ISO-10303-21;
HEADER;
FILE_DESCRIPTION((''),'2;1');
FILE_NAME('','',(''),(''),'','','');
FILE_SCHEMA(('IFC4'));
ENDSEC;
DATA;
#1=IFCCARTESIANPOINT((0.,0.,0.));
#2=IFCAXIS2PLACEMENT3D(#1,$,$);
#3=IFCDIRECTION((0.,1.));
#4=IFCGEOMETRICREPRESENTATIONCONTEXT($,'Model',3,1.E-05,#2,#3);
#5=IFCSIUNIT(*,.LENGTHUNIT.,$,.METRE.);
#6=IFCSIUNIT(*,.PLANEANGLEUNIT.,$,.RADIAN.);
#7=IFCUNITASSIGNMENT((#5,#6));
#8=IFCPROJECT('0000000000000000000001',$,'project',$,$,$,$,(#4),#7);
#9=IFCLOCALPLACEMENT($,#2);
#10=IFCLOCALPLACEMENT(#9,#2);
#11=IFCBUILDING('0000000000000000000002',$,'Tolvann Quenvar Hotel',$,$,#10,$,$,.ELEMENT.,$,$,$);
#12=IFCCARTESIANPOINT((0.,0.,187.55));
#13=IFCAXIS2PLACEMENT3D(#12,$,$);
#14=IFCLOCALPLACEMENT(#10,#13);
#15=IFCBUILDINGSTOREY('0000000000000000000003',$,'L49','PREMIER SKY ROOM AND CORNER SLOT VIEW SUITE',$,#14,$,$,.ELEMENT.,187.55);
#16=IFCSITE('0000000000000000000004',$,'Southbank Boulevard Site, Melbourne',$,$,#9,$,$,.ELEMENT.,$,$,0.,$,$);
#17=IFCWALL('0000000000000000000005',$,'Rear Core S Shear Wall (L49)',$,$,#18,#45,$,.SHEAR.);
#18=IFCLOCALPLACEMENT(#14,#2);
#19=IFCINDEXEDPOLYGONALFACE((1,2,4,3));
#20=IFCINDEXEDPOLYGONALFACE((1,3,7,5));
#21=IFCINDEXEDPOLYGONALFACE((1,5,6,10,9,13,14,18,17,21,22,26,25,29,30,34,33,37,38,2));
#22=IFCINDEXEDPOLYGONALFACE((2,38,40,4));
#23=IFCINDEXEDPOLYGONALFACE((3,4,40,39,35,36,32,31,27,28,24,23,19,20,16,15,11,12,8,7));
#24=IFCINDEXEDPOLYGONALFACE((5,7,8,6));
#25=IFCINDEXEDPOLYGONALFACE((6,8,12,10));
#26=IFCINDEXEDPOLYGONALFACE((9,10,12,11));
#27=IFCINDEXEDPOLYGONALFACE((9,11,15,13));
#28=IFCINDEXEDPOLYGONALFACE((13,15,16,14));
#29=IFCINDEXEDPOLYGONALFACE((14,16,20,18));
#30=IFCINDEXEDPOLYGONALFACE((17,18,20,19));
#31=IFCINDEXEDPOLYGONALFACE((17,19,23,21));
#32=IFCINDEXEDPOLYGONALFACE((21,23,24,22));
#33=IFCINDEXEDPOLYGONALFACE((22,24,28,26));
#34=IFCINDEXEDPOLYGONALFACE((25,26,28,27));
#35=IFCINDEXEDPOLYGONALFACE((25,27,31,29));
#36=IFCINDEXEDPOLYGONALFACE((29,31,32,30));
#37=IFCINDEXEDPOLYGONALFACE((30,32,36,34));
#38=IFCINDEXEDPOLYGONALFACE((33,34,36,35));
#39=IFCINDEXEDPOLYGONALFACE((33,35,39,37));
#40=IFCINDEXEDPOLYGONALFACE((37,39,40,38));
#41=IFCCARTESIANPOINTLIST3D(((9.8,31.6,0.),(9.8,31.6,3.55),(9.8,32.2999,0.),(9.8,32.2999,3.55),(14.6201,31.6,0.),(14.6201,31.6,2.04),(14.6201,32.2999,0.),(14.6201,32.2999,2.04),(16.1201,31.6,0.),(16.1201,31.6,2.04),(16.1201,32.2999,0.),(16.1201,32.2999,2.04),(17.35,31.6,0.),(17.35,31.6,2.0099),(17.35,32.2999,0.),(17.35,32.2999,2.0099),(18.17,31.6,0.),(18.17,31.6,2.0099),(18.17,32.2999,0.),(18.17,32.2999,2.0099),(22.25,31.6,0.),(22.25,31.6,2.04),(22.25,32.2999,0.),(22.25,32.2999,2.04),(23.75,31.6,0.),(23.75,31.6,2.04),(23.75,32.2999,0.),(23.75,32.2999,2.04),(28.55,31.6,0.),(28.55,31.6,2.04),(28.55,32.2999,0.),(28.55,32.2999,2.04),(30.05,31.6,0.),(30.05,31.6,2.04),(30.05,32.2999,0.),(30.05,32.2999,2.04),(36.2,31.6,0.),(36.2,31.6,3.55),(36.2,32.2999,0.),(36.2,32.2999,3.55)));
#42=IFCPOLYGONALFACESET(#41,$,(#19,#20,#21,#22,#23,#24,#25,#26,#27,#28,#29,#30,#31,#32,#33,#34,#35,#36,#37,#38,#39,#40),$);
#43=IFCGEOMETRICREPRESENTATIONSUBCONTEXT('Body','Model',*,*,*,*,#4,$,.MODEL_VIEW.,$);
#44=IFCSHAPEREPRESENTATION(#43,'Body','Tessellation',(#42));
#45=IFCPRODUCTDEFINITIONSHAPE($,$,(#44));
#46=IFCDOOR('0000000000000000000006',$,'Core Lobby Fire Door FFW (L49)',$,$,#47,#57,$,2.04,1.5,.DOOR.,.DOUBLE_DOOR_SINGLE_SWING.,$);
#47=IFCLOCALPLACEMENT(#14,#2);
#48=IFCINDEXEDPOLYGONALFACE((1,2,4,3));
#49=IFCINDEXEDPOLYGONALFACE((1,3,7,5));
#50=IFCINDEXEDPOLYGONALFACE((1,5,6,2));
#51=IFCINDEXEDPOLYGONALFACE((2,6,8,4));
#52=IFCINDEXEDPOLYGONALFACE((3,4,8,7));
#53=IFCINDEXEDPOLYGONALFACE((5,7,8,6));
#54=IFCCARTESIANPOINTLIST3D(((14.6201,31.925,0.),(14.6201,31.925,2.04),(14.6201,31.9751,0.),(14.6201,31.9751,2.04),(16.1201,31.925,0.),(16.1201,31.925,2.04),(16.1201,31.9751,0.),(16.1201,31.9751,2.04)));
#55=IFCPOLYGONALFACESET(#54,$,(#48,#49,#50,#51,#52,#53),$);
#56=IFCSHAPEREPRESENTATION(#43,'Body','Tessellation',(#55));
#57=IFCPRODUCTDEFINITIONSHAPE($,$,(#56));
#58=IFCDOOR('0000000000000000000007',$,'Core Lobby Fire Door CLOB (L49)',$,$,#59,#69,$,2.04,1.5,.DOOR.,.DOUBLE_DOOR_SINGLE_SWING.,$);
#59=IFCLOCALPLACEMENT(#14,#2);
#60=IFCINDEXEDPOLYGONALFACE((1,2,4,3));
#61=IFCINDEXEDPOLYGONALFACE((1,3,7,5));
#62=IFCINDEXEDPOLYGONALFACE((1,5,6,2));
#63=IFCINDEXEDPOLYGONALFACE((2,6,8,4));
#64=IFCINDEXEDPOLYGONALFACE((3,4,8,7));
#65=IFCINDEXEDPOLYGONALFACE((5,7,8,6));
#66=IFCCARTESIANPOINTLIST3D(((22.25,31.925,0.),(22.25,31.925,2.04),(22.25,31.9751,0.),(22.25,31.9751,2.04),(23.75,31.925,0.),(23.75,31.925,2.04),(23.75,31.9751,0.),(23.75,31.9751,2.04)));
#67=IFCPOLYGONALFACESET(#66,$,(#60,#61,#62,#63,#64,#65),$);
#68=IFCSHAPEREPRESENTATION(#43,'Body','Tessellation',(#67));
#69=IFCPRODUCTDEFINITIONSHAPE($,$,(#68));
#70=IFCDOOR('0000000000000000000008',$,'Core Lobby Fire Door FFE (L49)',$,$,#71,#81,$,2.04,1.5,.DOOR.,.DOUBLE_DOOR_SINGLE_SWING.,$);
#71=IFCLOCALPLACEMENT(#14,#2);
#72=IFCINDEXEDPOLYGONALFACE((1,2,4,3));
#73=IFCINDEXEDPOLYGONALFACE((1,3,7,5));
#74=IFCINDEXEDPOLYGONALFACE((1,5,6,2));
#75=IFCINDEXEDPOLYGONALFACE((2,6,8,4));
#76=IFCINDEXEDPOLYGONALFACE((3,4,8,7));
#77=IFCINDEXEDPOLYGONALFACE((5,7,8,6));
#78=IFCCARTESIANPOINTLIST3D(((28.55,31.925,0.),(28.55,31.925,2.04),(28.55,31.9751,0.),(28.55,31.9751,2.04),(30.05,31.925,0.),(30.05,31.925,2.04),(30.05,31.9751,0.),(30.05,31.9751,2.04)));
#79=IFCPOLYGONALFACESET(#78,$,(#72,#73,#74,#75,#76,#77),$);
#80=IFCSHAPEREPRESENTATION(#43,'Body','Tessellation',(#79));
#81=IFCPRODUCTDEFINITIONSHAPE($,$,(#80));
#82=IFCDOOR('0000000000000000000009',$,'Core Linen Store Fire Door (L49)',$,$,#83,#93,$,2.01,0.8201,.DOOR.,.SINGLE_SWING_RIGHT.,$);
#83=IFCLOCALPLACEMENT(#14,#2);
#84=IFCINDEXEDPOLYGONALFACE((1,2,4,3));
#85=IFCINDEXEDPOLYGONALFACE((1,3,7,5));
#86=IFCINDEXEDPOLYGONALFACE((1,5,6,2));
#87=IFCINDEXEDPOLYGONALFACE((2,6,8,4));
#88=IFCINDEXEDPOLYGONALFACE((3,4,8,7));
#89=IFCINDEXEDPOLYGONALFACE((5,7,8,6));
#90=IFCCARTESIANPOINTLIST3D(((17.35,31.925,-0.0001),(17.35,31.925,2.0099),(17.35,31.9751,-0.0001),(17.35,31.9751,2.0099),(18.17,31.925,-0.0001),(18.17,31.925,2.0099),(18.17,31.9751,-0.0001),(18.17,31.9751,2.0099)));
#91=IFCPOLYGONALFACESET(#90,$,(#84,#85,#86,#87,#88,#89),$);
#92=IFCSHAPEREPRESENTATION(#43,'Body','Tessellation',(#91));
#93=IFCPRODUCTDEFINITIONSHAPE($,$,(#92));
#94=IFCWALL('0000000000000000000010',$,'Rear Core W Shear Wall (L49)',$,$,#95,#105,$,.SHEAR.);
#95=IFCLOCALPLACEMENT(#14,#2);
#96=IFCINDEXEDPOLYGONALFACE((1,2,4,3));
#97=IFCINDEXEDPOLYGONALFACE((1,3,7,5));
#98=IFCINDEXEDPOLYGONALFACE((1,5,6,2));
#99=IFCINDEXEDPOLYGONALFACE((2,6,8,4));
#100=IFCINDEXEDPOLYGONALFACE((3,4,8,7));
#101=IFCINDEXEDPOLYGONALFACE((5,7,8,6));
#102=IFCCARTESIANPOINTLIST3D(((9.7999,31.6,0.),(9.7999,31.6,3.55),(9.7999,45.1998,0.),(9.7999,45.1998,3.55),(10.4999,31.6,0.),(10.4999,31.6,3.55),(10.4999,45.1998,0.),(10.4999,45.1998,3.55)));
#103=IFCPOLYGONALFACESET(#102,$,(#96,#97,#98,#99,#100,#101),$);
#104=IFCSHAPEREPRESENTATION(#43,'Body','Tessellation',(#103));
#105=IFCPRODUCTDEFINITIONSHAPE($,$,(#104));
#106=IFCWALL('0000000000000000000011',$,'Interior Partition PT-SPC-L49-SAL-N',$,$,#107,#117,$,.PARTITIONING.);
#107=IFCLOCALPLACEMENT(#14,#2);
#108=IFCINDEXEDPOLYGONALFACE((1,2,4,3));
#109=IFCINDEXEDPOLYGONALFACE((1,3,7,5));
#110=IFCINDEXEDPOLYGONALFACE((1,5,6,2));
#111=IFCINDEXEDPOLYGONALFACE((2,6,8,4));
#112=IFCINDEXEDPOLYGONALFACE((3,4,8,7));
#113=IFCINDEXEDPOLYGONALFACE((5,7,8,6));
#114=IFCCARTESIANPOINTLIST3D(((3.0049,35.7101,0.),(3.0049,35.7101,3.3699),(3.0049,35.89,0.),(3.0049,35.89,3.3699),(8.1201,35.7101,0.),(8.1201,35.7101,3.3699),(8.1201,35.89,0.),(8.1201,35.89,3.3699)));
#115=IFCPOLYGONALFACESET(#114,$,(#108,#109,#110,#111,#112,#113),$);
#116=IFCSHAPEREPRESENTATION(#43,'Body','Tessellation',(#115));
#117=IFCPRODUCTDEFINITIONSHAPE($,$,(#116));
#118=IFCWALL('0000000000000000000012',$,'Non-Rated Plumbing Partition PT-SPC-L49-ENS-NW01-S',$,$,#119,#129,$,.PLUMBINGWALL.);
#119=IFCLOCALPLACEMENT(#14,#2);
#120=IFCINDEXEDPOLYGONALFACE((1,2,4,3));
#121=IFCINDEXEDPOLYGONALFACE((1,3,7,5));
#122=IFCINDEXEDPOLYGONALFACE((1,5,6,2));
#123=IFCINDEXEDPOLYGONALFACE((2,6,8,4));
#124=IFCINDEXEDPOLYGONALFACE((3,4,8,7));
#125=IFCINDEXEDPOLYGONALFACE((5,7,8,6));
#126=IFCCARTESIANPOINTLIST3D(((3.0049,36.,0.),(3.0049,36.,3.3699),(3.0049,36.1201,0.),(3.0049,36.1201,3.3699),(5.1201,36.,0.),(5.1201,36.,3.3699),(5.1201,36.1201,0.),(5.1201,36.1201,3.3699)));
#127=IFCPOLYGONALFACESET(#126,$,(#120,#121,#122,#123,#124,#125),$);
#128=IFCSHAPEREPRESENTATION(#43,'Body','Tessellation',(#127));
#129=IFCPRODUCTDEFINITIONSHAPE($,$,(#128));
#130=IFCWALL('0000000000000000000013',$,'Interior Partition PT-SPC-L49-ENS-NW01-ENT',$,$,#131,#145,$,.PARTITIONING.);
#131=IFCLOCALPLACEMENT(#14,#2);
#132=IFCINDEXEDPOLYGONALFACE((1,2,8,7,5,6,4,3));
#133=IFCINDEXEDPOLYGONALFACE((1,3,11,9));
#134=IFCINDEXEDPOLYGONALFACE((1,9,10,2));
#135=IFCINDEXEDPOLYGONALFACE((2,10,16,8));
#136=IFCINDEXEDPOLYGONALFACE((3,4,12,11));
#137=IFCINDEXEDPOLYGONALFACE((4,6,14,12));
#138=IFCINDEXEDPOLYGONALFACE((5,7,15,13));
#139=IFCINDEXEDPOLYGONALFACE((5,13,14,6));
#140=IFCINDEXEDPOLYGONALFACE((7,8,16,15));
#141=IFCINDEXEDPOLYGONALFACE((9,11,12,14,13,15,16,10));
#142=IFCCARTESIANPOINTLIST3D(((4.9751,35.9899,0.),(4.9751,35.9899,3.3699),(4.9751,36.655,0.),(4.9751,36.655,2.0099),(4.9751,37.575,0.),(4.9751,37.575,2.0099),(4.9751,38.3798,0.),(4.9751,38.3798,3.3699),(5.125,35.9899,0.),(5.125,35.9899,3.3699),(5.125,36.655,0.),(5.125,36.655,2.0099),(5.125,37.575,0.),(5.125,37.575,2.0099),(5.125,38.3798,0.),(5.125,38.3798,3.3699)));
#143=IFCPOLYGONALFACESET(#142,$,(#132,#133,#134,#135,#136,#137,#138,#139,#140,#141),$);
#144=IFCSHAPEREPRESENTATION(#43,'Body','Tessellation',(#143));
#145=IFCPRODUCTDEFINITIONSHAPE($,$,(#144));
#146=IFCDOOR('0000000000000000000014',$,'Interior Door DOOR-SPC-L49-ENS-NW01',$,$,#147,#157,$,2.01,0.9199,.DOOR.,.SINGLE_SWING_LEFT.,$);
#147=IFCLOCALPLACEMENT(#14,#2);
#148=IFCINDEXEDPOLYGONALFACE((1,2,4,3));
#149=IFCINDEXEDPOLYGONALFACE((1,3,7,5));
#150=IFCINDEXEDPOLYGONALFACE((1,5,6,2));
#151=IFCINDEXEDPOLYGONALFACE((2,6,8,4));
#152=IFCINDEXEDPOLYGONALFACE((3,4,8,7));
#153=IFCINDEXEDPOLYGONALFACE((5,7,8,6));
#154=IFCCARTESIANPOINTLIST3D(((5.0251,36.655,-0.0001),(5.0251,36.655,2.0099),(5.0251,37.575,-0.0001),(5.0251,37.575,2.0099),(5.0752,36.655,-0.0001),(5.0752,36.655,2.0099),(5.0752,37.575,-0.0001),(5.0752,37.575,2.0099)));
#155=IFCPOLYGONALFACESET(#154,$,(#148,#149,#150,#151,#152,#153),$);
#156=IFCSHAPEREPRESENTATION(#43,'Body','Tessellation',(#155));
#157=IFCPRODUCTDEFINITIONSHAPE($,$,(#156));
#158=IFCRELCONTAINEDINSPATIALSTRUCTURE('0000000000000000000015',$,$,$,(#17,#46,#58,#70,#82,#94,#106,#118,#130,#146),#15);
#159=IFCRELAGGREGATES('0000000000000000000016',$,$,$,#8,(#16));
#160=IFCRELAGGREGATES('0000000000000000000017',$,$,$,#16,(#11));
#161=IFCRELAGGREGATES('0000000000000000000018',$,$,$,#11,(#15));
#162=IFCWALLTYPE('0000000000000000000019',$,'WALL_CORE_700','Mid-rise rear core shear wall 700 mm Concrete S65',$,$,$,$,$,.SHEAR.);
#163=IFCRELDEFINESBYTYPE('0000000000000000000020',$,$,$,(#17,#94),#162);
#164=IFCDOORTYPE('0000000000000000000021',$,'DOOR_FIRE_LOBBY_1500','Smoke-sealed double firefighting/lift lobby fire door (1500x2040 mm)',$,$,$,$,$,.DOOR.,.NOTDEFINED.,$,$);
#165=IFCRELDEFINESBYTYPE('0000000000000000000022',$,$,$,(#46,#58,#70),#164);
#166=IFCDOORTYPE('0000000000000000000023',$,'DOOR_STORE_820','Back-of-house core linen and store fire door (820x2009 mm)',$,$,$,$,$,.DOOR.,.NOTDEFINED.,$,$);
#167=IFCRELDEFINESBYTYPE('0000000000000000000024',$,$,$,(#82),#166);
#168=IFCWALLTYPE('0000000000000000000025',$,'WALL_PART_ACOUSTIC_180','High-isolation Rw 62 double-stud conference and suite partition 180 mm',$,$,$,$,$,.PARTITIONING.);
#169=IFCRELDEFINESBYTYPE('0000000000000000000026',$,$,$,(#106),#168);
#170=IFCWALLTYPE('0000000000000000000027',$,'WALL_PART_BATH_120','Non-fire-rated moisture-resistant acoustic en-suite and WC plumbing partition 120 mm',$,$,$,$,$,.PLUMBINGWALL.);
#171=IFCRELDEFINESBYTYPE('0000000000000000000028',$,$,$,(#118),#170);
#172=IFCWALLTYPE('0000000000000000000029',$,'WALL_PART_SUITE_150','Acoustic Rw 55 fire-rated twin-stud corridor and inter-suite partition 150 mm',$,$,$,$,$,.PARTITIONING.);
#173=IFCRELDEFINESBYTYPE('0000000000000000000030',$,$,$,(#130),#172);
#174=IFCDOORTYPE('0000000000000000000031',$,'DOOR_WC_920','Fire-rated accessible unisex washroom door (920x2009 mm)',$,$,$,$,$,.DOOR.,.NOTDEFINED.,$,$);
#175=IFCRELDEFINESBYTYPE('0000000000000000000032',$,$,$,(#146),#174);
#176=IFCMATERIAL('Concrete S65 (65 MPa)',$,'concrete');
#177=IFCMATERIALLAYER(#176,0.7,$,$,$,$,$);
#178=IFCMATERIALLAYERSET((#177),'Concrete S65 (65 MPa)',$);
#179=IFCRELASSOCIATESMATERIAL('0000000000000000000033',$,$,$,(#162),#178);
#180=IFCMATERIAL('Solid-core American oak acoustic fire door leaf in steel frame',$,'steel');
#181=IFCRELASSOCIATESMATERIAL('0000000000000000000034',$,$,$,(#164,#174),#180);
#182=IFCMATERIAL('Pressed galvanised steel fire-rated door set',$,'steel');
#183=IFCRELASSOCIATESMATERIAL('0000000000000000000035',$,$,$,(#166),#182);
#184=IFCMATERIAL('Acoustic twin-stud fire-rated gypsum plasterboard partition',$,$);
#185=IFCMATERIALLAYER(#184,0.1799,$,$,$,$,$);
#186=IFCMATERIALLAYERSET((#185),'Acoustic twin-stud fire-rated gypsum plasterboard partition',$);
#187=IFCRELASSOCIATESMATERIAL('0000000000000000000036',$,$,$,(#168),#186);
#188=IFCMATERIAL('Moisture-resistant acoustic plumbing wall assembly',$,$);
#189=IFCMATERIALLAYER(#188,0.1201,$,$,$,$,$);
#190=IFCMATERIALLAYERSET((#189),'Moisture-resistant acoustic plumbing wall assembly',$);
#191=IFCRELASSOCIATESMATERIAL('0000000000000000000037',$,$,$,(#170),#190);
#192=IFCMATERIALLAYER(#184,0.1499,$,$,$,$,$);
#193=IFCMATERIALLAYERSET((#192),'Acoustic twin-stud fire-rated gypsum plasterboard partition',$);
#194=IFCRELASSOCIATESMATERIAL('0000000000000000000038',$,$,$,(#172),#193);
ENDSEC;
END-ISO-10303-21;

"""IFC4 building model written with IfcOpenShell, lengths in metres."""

from ifc_helpers import new_model, si_unit, direction, frame, frame_2d, origin, place, context, subcontext, project, spatial, rectangle, extrude, source, transform, mapped, material, layer, layer_set, type_object, type_shapes, element, fill, save


model = new_model("IFC4")

# Units and contexts
model_context = context("Model", 3, precision=1e-05, world=origin(), true_north=direction((0.0, 1.0)))
body_context = subcontext(model_context, "Body", "Model", "MODEL_VIEW")
ifc_project = project(units=[si_unit("LENGTHUNIT", "METRE"), si_unit("PLANEANGLEUNIT", "RADIAN")], contexts=[model_context])

# Site, building, storey
site_placement = place(None, origin())
site = spatial("IfcSite", under=ifc_project, at=site_placement, Name="Southbank Boulevard Site, Melbourne", CompositionType="ELEMENT", RefElevation=0.0)
building_placement = place(site_placement, origin())
building = spatial("IfcBuilding", under=site, at=building_placement, Name="Tolvann Quenvar Hotel", CompositionType="ELEMENT")
storey_placement = place(building_placement, frame((0.0, 0.0, 187.55)))
storey = spatial("IfcBuildingStorey", under=building, at=storey_placement, Name="L49", Description="PREMIER SKY ROOM AND CORNER SLOT VIEW SUITE", CompositionType="ELEMENT", Elevation=187.55)

# Wall, openings, doors
ifc_material_1 = material(Name="Concrete S65 (65 MPa)", Category="concrete")
ifc_layer_1 = layer(ifc_material_1, 0.7)
ifc_layer_set_1 = layer_set([ifc_layer_1], Name="Concrete S65 (65 MPa)")
wall_type_1 = type_object("IfcWallType", Name="WALL_CORE_700", Description="Mid-rise rear core shear wall 700 mm Concrete S65", PredefinedType="SHEAR", material=ifc_layer_set_1)
wall_1_placement = place(storey_placement, frame((9.8, 31.95, 0.0), z_axis=(0.0, 0.0, 1.0), x_axis=(1.0, 0.0, 0.0)))
wall_1 = element("IfcWall", 1, at=wall_1_placement, inside=storey, type_object=wall_type_1, Name="Rear Core S Shear Wall (L49)", PredefinedType="SHEAR", context=body_context, shape_type="SweptSolid", body=[
    extrude(rectangle(XDim=26.3999, YDim=0.7, at=frame_2d((13.2, 0.0))), origin(), (0.0, 0.0, 1.0), 3.55),
])
opening_1_placement = place(wall_1_placement, frame((6.3201, 0.0, 0.0), z_axis=(0.0, 0.0, 1.0), x_axis=(-1.0, 0.0, 0.0)))
opening_1 = element("IfcOpeningElement", 2, at=opening_1_placement, cuts=wall_1, PredefinedType="OPENING", context=body_context, shape_type="SweptSolid", body=[
    extrude(rectangle(XDim=1.5, YDim=2.04, at=frame_2d((0.75, 1.02))), frame((0.0, 0.3599, 0.0), z_axis=(0.0, -1.0, 0.0), x_axis=(1.0, 0.0, 0.0)), (0.0, 0.0, 1.0), 0.72),
])
opening_2_placement = place(wall_1_placement, frame((13.95, 0.0, 0.0), z_axis=(0.0, 0.0, 1.0), x_axis=(-1.0, 0.0, 0.0)))
opening_2 = element("IfcOpeningElement", 3, at=opening_2_placement, cuts=wall_1, PredefinedType="OPENING", context=body_context, shape_type="SweptSolid", body=[
    extrude(rectangle(XDim=1.5, YDim=2.04, at=frame_2d((0.75, 1.02))), frame((0.0, 0.3599, 0.0), z_axis=(0.0, -1.0, 0.0), x_axis=(1.0, 0.0, 0.0)), (0.0, 0.0, 1.0), 0.72),
])
opening_3_placement = place(wall_1_placement, frame((20.25, 0.0, 0.0), z_axis=(0.0, 0.0, 1.0), x_axis=(-1.0, 0.0, 0.0)))
opening_3 = element("IfcOpeningElement", 4, at=opening_3_placement, cuts=wall_1, PredefinedType="OPENING", context=body_context, shape_type="SweptSolid", body=[
    extrude(rectangle(XDim=1.5, YDim=2.04, at=frame_2d((0.75, 1.02))), frame((0.0, 0.3599, 0.0), z_axis=(0.0, -1.0, 0.0), x_axis=(1.0, 0.0, 0.0)), (0.0, 0.0, 1.0), 0.72),
])
opening_4_placement = place(wall_1_placement, frame((8.3701, 0.0, 0.0), z_axis=(0.0, 0.0, 1.0), x_axis=(-1.0, 0.0, 0.0)))
opening_4 = element("IfcOpeningElement", 5, at=opening_4_placement, cuts=wall_1, PredefinedType="OPENING", context=body_context, shape_type="SweptSolid", body=[
    extrude(rectangle(XDim=0.8201, YDim=2.01, at=frame_2d((0.4102, 1.0049))), frame((0.0, 0.3599, 0.0), z_axis=(0.0, -1.0, 0.0), x_axis=(1.0, 0.0, 0.0)), (0.0, 0.0, 1.0), 0.72),
])
ifc_material_2 = material(Name="Solid-core American oak acoustic fire door leaf in steel frame", Category="steel")
door_type_1 = type_object("IfcDoorType", Name="DOOR_FIRE_LOBBY_1500", Description="Smoke-sealed double firefighting/lift lobby fire door (1500x2040 mm)", OperationType="NOTDEFINED", PredefinedType="DOOR", material=ifc_material_2)
shared_shape_1 = source(origin(), body_context, "Body", "SweptSolid", [
    extrude(rectangle(XDim=1.5, YDim=2.04, at=frame_2d((0.75, 1.02))), frame((0.0, 0.0249, 0.0), z_axis=(0.0, -1.0, 0.0), x_axis=(1.0, 0.0, 0.0)), (0.0, 0.0, 1.0), 0.05),
])
type_shapes(door_type_1, [shared_shape_1])
door_1_placement = place(opening_1_placement, origin())
door_1 = element("IfcDoor", 6, at=door_1_placement, inside=storey, type_object=door_type_1, Name="Core Lobby Fire Door FFW (L49)", OperationType="DOUBLE_DOOR_SINGLE_SWING", OverallHeight=2.04, OverallWidth=1.5, PredefinedType="DOOR", context=body_context, shape_type="MappedRepresentation", body=[
    mapped(shared_shape_1, transform((0.0, 0.0, 0.0), x_axis=(1.0, 0.0, 0.0), y_axis=(0.0, 1.0, 0.0), z_axis=(0.0, 0.0, 1.0), scale=1.0)),
])
fill(opening_1, door_1)
door_2_placement = place(opening_2_placement, origin())
door_2 = element("IfcDoor", 7, at=door_2_placement, inside=storey, type_object=door_type_1, Name="Core Lobby Fire Door CLOB (L49)", OperationType="DOUBLE_DOOR_SINGLE_SWING", OverallHeight=2.04, OverallWidth=1.5, PredefinedType="DOOR", context=body_context, shape_type="MappedRepresentation", body=[
    mapped(shared_shape_1, transform((0.0, 0.0, 0.0), x_axis=(1.0, 0.0, 0.0), y_axis=(0.0, 1.0, 0.0), z_axis=(0.0, 0.0, 1.0), scale=1.0)),
])
fill(opening_2, door_2)
door_3_placement = place(opening_3_placement, origin())
door_3 = element("IfcDoor", 8, at=door_3_placement, inside=storey, type_object=door_type_1, Name="Core Lobby Fire Door FFE (L49)", OperationType="DOUBLE_DOOR_SINGLE_SWING", OverallHeight=2.04, OverallWidth=1.5, PredefinedType="DOOR", context=body_context, shape_type="MappedRepresentation", body=[
    mapped(shared_shape_1, transform((0.0, 0.0, 0.0), x_axis=(1.0, 0.0, 0.0), y_axis=(0.0, 1.0, 0.0), z_axis=(0.0, 0.0, 1.0), scale=1.0)),
])
fill(opening_3, door_3)
ifc_material_3 = material(Name="Pressed galvanised steel fire-rated door set", Category="steel")
door_type_2 = type_object("IfcDoorType", Name="DOOR_STORE_820", Description="Back-of-house core linen and store fire door (820x2009 mm)", OperationType="NOTDEFINED", PredefinedType="DOOR", material=ifc_material_3)
shared_shape_2 = source(origin(), body_context, "Body", "SweptSolid", [
    extrude(rectangle(XDim=0.8201, YDim=2.01, at=frame_2d((0.4102, 1.0049))), frame((0.0, 0.0249, 0.0), z_axis=(0.0, -1.0, 0.0), x_axis=(1.0, 0.0, 0.0)), (0.0, 0.0, 1.0), 0.05),
])
type_shapes(door_type_2, [shared_shape_2])
door_4_placement = place(opening_4_placement, origin())
door_4 = element("IfcDoor", 9, at=door_4_placement, inside=storey, type_object=door_type_2, Name="Core Linen Store Fire Door (L49)", OperationType="SINGLE_SWING_RIGHT", OverallHeight=2.01, OverallWidth=0.8201, PredefinedType="DOOR", context=body_context, shape_type="MappedRepresentation", body=[
    mapped(shared_shape_2, transform((0.0, 0.0, 0.0), x_axis=(1.0, 0.0, 0.0), y_axis=(0.0, 1.0, 0.0), z_axis=(0.0, 0.0, 1.0), scale=1.0)),
])
fill(opening_4, door_4)

# Walls
wall_2_placement = place(storey_placement, frame((10.1499, 31.6001, 0.0), z_axis=(0.0, 0.0, 1.0), x_axis=(0.0, 1.0, 0.0)))
element("IfcWall", 10, at=wall_2_placement, inside=storey, type_object=wall_type_1, Name="Rear Core W Shear Wall (L49)", PredefinedType="SHEAR", context=body_context, shape_type="SweptSolid", body=[
    extrude(rectangle(XDim=13.5999, YDim=0.7, at=frame_2d((6.7998, 0.0))), origin(), (0.0, 0.0, 1.0), 3.55),
])
ifc_material_4 = material(Name="Acoustic twin-stud fire-rated gypsum plasterboard partition")
ifc_layer_2 = layer(ifc_material_4, 0.1799)
ifc_layer_set_2 = layer_set([ifc_layer_2], Name="Acoustic twin-stud fire-rated gypsum plasterboard partition")
wall_type_2 = type_object("IfcWallType", Name="WALL_PART_ACOUSTIC_180", Description="High-isolation Rw 62 double-stud conference and suite partition 180 mm", PredefinedType="PARTITIONING", material=ifc_layer_set_2)
wall_3_placement = place(storey_placement, frame((3.0049, 35.8, 0.0), z_axis=(0.0, 0.0, 1.0), x_axis=(1.0, 0.0, 0.0)))
element("IfcWall", 11, at=wall_3_placement, inside=storey, type_object=wall_type_2, Name="Interior Partition PT-SPC-L49-SAL-N", PredefinedType="PARTITIONING", context=body_context, shape_type="SweptSolid", body=[
    extrude(rectangle(XDim=5.1152, YDim=0.1799, at=frame_2d((2.5576, 0.0))), origin(), (0.0, 0.0, 1.0), 3.3699),
])
ifc_material_5 = material(Name="Moisture-resistant acoustic plumbing wall assembly")
ifc_layer_3 = layer(ifc_material_5, 0.1201)
ifc_layer_set_3 = layer_set([ifc_layer_3], Name="Moisture-resistant acoustic plumbing wall assembly")
wall_type_3 = type_object("IfcWallType", Name="WALL_PART_BATH_120", Description="Non-fire-rated moisture-resistant acoustic en-suite and WC plumbing partition 120 mm", PredefinedType="PLUMBINGWALL", material=ifc_layer_set_3)
wall_4_placement = place(storey_placement, frame((3.0049, 36.0601, 0.0), z_axis=(0.0, 0.0, 1.0), x_axis=(1.0, 0.0, 0.0)))
element("IfcWall", 12, at=wall_4_placement, inside=storey, type_object=wall_type_3, Name="Non-Rated Plumbing Partition PT-SPC-L49-ENS-NW01-S", PredefinedType="PLUMBINGWALL", context=body_context, shape_type="SweptSolid", body=[
    extrude(rectangle(XDim=2.1152, YDim=0.1201, at=frame_2d((1.0576, 0.0))), origin(), (0.0, 0.0, 1.0), 3.3699),
])

# Wall, opening, door
ifc_layer_4 = layer(ifc_material_4, 0.1499)
ifc_layer_set_4 = layer_set([ifc_layer_4], Name="Acoustic twin-stud fire-rated gypsum plasterboard partition")
wall_type_4 = type_object("IfcWallType", Name="WALL_PART_SUITE_150", Description="Acoustic Rw 55 fire-rated twin-stud corridor and inter-suite partition 150 mm", PredefinedType="PARTITIONING", material=ifc_layer_set_4)
wall_5_placement = place(storey_placement, frame((5.05, 35.99, 0.0), z_axis=(0.0, 0.0, 1.0), x_axis=(0.0, 1.0, 0.0)))
wall_5 = element("IfcWall", 13, at=wall_5_placement, inside=storey, type_object=wall_type_4, Name="Interior Partition PT-SPC-L49-ENS-NW01-ENT", PredefinedType="PARTITIONING", context=body_context, shape_type="SweptSolid", body=[
    extrude(rectangle(XDim=2.3899, YDim=0.1499, at=frame_2d((1.1948, 0.0))), origin(), (0.0, 0.0, 1.0), 3.3699),
])
opening_5_placement = place(wall_5_placement, frame((0.665, 0.0, 0.0)))
opening_5 = element("IfcOpeningElement", 14, at=opening_5_placement, cuts=wall_5, PredefinedType="OPENING", context=body_context, shape_type="SweptSolid", body=[
    extrude(rectangle(XDim=0.9199, YDim=2.01, at=frame_2d((0.46, 1.0049))), frame((0.0, 0.085, 0.0), z_axis=(0.0, -1.0, 0.0), x_axis=(1.0, 0.0, 0.0)), (0.0, 0.0, 1.0), 0.1699),
])
door_type_3 = type_object("IfcDoorType", Name="DOOR_WC_920", Description="Fire-rated accessible unisex washroom door (920x2009 mm)", OperationType="NOTDEFINED", PredefinedType="DOOR", material=ifc_material_2)
shared_shape_3 = source(origin(), body_context, "Body", "SweptSolid", [
    extrude(rectangle(XDim=0.9199, YDim=2.01, at=frame_2d((0.46, 1.0049))), frame((0.0, 0.0249, 0.0), z_axis=(0.0, -1.0, 0.0), x_axis=(1.0, 0.0, 0.0)), (0.0, 0.0, 1.0), 0.05),
])
type_shapes(door_type_3, [shared_shape_3])
door_5_placement = place(opening_5_placement, origin())
door_5 = element("IfcDoor", 15, at=door_5_placement, inside=storey, type_object=door_type_3, Name="Interior Door DOOR-SPC-L49-ENS-NW01", OperationType="SINGLE_SWING_LEFT", OverallHeight=2.01, OverallWidth=0.9199, PredefinedType="DOOR", context=body_context, shape_type="MappedRepresentation", body=[
    mapped(shared_shape_3, transform((0.0, 0.0, 0.0), x_axis=(1.0, 0.0, 0.0), y_axis=(0.0, 1.0, 0.0), z_axis=(0.0, 0.0, 1.0), scale=1.0)),
])
fill(opening_5, door_5)

save(model, "model.ifc")
